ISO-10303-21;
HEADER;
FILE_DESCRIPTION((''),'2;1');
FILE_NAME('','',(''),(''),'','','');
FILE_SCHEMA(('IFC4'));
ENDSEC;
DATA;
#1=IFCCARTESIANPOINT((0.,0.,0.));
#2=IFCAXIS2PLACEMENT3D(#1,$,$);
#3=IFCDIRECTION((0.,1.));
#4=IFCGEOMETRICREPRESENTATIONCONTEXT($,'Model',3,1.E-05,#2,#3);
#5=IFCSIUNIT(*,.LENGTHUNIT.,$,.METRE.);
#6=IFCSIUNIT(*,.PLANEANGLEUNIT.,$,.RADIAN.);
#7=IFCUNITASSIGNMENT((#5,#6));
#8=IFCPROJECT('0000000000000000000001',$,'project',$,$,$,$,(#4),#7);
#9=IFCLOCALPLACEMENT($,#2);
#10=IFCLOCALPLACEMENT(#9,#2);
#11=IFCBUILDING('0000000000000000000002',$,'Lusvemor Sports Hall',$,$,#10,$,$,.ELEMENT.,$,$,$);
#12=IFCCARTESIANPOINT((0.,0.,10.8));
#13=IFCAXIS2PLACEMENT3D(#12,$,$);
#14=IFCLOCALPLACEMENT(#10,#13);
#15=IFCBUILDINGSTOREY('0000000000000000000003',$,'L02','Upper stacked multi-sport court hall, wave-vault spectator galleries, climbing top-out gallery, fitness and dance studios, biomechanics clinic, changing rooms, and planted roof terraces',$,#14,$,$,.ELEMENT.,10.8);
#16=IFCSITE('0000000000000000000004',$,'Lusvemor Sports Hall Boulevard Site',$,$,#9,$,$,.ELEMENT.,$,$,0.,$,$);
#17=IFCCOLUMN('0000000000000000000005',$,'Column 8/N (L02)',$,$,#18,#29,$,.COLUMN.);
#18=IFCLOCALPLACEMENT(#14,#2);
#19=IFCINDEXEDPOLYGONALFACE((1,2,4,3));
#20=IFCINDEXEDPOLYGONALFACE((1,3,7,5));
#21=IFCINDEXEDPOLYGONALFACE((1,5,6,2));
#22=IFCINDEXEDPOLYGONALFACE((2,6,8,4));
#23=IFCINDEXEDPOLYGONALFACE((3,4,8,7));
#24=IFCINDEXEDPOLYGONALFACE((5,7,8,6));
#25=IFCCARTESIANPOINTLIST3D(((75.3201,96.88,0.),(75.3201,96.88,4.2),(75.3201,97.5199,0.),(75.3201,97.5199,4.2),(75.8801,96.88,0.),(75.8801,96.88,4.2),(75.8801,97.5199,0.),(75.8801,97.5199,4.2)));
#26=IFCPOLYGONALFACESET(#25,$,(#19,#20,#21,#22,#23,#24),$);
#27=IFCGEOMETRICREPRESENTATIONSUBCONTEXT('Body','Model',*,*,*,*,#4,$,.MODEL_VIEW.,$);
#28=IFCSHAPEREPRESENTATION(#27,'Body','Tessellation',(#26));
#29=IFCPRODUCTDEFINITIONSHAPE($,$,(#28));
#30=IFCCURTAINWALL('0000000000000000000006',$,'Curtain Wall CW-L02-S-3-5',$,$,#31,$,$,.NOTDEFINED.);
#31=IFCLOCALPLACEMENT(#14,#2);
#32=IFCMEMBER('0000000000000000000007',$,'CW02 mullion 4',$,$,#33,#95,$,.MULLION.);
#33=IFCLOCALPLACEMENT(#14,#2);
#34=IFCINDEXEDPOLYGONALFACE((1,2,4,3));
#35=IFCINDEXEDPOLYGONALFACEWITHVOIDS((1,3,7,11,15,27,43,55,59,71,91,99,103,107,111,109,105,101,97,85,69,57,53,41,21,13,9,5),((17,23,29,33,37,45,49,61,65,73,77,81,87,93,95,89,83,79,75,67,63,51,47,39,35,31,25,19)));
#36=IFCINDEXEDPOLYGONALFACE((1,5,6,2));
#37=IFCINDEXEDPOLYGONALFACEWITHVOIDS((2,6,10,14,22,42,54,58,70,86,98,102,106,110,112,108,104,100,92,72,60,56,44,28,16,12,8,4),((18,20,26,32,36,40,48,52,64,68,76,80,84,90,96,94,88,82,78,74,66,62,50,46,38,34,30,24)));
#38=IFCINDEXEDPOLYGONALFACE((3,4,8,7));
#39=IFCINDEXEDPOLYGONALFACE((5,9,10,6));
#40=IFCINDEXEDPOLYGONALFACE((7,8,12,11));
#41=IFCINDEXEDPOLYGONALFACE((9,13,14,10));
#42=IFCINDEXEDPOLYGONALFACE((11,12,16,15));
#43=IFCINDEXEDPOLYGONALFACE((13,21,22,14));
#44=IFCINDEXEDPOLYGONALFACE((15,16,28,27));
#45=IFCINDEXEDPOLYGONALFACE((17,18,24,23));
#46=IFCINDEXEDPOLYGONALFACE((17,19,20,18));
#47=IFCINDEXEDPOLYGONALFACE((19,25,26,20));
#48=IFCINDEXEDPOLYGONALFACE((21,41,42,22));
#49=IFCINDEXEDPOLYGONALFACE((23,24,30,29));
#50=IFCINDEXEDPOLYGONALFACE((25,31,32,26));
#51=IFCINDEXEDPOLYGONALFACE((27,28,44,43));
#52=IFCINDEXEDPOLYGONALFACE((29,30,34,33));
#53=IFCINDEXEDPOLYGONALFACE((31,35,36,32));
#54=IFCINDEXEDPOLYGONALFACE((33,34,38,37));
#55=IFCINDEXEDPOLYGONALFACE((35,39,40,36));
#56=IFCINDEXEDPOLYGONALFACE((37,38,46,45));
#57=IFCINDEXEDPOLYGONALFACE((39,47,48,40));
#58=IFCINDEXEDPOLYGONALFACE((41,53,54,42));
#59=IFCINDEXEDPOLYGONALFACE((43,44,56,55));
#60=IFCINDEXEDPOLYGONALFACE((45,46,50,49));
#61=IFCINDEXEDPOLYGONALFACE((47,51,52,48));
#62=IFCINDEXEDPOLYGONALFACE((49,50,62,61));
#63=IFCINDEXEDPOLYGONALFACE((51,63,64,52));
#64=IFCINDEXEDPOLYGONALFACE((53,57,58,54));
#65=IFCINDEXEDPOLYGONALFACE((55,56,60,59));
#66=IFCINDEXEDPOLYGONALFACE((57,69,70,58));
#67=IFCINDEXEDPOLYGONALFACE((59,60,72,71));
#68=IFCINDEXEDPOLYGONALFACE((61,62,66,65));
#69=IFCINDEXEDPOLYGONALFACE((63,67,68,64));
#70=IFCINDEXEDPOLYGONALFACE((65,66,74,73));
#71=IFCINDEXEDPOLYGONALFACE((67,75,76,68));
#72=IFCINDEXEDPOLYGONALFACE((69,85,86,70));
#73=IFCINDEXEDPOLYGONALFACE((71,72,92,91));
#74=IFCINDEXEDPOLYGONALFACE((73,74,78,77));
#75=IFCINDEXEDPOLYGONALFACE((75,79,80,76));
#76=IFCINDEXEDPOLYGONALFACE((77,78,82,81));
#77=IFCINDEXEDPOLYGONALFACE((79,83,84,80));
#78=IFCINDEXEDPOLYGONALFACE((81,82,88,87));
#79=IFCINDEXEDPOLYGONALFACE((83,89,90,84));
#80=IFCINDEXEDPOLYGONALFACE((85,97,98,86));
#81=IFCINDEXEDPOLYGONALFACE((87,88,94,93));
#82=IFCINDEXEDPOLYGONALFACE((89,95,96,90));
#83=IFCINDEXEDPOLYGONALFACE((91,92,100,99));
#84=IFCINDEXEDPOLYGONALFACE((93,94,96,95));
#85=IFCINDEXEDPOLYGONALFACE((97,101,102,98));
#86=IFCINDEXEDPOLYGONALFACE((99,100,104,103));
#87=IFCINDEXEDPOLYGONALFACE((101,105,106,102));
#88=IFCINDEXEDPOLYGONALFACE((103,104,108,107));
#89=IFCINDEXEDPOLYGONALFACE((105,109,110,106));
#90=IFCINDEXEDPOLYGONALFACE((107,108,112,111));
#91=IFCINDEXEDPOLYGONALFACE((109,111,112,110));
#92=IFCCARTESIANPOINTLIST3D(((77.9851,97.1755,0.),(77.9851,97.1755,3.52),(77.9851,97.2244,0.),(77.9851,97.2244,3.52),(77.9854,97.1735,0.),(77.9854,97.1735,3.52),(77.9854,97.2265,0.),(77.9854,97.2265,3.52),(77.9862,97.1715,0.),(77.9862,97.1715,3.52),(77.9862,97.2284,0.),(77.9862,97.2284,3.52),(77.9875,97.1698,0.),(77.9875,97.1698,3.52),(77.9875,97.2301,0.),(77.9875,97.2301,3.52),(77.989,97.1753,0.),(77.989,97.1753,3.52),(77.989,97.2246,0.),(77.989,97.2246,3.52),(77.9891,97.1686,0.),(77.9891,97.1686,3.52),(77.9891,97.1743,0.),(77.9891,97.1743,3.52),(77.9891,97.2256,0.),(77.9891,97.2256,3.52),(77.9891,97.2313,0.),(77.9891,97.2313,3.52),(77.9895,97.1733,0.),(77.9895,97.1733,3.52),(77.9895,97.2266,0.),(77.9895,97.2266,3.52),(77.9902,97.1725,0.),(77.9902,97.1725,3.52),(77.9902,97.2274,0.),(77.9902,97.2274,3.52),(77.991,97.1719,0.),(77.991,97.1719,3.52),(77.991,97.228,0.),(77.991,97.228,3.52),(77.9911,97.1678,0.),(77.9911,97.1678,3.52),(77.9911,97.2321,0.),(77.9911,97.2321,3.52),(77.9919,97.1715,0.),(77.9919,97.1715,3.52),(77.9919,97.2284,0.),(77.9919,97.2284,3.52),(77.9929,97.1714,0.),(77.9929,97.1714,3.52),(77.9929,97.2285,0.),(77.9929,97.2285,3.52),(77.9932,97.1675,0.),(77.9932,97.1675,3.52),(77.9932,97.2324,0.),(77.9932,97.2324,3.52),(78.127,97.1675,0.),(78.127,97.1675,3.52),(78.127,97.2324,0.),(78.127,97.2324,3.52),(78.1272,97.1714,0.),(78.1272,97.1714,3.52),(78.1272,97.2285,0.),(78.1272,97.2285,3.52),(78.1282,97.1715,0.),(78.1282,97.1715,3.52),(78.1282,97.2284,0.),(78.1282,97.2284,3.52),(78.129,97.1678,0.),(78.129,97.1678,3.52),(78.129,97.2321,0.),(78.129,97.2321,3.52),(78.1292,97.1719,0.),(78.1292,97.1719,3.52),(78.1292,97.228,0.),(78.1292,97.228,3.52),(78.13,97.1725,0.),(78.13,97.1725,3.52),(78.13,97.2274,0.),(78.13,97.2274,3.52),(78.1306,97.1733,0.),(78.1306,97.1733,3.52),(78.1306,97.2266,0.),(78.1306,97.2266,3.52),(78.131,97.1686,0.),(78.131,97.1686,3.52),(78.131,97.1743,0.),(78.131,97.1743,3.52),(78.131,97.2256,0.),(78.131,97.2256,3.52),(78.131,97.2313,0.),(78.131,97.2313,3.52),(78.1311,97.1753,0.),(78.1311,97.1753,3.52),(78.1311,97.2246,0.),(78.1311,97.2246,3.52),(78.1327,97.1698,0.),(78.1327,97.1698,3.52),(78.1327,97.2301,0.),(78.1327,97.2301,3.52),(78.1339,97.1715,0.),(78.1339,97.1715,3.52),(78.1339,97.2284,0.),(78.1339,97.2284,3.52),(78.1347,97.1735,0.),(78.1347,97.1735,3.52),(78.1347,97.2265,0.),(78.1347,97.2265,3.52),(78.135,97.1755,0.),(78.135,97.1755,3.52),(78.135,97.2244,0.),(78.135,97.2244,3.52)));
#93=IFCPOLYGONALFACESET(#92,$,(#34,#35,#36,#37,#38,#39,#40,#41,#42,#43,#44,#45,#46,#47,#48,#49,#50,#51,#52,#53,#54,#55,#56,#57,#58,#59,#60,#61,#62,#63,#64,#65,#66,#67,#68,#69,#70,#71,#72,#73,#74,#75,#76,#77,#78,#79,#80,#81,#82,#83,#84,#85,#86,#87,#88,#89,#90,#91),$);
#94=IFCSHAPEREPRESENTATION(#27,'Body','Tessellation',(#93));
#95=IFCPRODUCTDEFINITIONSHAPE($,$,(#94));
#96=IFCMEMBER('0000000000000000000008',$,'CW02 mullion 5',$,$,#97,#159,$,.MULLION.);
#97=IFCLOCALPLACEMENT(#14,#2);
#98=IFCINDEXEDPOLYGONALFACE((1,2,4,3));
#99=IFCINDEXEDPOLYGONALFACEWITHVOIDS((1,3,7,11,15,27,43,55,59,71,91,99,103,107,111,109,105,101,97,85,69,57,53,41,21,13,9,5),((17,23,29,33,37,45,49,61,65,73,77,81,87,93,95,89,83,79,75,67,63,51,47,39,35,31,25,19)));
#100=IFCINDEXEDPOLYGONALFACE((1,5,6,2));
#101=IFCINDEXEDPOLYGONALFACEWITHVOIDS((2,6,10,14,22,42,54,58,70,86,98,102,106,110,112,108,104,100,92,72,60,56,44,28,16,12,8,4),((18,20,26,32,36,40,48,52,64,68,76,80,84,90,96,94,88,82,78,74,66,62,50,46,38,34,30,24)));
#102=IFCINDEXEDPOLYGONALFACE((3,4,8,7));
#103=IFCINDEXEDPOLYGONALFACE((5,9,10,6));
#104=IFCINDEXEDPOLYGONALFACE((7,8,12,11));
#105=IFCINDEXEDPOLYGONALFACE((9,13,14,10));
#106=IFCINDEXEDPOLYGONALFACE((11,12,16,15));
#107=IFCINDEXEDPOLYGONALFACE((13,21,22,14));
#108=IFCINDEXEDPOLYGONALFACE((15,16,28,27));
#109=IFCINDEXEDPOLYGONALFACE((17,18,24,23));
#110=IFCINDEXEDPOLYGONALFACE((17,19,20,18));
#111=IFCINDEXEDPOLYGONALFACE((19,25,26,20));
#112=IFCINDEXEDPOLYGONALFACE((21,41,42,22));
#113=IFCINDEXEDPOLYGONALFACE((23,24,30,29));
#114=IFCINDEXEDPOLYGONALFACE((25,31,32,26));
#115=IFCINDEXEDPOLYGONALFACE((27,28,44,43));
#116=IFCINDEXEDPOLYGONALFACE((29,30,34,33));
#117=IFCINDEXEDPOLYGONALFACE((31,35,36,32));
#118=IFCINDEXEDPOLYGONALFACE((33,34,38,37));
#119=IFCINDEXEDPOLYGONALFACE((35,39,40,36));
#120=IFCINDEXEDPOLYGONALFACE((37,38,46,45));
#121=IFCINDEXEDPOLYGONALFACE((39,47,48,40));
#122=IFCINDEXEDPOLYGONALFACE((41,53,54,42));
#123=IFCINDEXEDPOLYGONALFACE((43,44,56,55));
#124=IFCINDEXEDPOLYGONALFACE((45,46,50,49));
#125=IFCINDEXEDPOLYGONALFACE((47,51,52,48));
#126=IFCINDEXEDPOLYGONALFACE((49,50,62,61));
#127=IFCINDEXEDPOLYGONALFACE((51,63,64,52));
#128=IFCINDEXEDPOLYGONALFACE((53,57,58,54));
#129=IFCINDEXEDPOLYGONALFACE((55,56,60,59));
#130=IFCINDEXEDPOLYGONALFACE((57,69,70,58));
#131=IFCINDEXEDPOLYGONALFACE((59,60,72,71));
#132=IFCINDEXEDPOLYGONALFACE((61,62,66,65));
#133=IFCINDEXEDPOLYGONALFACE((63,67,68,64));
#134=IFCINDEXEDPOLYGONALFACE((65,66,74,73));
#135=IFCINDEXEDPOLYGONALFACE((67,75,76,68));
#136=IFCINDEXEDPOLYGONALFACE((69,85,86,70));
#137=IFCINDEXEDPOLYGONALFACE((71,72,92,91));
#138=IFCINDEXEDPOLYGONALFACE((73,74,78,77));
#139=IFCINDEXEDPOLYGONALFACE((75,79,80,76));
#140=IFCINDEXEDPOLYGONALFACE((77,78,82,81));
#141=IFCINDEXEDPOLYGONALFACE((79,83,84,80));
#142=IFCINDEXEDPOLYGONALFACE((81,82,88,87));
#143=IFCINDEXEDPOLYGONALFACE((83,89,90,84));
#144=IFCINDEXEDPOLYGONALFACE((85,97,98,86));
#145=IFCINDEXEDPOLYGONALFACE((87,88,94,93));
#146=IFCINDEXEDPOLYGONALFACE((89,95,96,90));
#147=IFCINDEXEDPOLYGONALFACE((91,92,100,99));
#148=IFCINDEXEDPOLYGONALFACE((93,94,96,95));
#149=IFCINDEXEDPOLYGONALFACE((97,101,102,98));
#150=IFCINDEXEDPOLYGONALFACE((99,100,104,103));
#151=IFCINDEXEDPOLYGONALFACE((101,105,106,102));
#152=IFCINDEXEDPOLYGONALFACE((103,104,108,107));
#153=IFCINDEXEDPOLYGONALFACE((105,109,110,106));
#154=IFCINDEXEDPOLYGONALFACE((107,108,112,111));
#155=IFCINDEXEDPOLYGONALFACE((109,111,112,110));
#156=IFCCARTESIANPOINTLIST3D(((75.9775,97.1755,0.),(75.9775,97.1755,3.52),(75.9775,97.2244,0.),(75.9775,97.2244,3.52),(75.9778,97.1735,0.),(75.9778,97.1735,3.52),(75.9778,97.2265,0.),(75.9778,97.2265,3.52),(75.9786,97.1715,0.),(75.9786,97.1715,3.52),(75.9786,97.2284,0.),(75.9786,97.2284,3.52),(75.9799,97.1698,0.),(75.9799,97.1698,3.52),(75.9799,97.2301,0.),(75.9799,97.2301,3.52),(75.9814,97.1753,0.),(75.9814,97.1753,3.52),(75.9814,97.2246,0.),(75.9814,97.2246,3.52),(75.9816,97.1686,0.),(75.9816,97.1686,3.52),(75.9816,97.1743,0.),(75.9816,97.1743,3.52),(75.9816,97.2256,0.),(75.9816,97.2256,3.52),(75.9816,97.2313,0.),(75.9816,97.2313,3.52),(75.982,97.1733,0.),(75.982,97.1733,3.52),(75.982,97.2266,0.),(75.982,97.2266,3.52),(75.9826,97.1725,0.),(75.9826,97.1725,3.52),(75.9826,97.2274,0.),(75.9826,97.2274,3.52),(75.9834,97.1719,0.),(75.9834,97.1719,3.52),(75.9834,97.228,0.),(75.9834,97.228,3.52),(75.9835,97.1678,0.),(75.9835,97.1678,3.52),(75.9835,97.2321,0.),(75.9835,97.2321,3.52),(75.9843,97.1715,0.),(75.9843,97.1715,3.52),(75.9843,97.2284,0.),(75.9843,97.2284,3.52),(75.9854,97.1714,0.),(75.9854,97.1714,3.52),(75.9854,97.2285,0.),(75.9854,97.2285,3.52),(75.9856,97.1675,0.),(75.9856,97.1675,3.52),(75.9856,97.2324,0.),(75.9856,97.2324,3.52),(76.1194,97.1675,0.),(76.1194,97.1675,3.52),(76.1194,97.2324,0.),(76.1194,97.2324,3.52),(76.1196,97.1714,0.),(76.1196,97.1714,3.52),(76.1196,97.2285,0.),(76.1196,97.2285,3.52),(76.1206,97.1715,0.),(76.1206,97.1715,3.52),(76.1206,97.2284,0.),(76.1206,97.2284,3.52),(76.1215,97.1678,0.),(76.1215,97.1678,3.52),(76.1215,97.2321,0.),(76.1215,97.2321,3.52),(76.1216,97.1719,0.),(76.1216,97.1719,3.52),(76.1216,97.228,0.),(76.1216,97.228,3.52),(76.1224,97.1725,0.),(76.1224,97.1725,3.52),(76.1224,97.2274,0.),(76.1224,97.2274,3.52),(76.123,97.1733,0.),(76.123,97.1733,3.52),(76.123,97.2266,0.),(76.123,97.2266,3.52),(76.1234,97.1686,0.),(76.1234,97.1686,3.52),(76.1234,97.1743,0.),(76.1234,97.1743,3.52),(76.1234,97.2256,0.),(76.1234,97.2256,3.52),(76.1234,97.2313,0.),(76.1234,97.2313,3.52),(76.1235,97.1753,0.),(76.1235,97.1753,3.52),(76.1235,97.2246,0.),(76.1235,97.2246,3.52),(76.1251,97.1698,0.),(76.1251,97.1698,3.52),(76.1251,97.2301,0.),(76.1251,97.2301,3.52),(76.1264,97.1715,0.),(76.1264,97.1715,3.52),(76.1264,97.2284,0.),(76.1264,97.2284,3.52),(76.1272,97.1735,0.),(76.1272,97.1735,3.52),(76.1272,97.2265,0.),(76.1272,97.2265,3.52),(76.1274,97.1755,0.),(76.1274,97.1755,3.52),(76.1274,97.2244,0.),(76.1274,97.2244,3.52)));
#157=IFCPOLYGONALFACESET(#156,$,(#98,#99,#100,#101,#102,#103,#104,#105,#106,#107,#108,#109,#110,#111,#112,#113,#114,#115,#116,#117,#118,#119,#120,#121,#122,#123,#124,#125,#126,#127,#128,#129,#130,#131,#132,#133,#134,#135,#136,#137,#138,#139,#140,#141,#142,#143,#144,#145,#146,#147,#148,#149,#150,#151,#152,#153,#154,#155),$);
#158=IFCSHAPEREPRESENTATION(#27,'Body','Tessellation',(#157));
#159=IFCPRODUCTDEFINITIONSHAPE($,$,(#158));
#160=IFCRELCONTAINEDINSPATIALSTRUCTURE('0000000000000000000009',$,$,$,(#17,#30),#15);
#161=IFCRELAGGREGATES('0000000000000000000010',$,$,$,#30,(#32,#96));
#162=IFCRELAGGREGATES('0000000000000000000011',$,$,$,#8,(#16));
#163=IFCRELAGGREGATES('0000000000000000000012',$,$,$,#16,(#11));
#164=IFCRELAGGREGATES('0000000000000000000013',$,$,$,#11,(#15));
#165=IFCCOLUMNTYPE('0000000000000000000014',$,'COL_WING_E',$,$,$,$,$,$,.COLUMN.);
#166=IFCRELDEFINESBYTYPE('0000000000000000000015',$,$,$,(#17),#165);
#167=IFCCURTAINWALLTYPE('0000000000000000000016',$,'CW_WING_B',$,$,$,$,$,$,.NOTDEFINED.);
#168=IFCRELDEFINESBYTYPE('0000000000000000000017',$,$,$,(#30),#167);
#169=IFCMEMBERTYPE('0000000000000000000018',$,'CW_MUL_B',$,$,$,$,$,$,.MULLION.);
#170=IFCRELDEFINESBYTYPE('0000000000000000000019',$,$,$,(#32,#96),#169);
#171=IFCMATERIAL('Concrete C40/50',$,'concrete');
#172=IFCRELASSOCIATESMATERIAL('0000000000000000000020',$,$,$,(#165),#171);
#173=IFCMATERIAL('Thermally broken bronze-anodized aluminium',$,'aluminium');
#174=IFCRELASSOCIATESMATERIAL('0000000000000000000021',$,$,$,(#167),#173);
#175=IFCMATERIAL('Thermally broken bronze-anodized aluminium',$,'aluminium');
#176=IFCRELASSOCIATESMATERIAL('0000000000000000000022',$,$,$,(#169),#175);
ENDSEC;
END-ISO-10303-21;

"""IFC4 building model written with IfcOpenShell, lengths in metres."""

from ifc_helpers import new_model, si_unit, direction, frame, origin, origin_2d, place, context, subcontext, project, spatial, rectangle, hollow_rectangle, extrude, material, material_profile, profile_set, type_object, element, aggregate, save


model = new_model("IFC4")

# Units and contexts
model_context = context("Model", 3, precision=1e-05, world=origin(), true_north=direction((0.0, 1.0)))
body_context = subcontext(model_context, "Body", "Model", "MODEL_VIEW")
ifc_project = project(units=[si_unit("LENGTHUNIT", "METRE"), si_unit("PLANEANGLEUNIT", "RADIAN")], contexts=[model_context])

# Site, building, storey
site_placement = place(None, origin())
site = spatial("IfcSite", under=ifc_project, at=site_placement, Name="Lusvemor Sports Hall Boulevard Site", CompositionType="ELEMENT", RefElevation=0.0)
building_placement = place(site_placement, origin())
building = spatial("IfcBuilding", under=site, at=building_placement, Name="Lusvemor Sports Hall", CompositionType="ELEMENT")
storey_placement = place(building_placement, frame((0.0, 0.0, 10.8)))
storey = spatial("IfcBuildingStorey", under=building, at=storey_placement, Name="L02", Description="Upper stacked multi-sport court hall, wave-vault spectator galleries, climbing top-out gallery, fitness and dance studios, biomechanics clinic, changing rooms, and planted roof terraces", CompositionType="ELEMENT", Elevation=10.8)

# Column
ifc_material_1 = material(Name="Concrete C40/50", Category="concrete")
ifc_material_profile_1 = material_profile(ifc_material_1, rectangle(XDim=0.5601, YDim=0.6399, at=origin_2d()), Name="RC560x640")
ifc_profile_set_1 = profile_set([ifc_material_profile_1], Name="Concrete C40/50")
column_type = type_object("IfcColumnType", Name="COL_WING_E", PredefinedType="COLUMN", material=ifc_profile_set_1)
column_placement = place(storey_placement, frame((75.6001, 97.2, 0.0), z_axis=(0.0, 0.0, 1.0), x_axis=(1.0, 0.0, 0.0)))
element("IfcColumn", 1, at=column_placement, inside=storey, type_object=column_type, Name="Column 8/N (L02)", PredefinedType="COLUMN", context=body_context, shape_type="SweptSolid", body=[
    extrude(rectangle(XDim=0.5601, YDim=0.6399, at=origin_2d()), origin(), (0.0, 0.0, 1.0), 4.2),
])

# Curtain wall, members
ifc_material_2 = material(Name="Thermally broken bronze-anodized aluminium", Category="aluminium")
curtain_wall_type = type_object("IfcCurtainWallType", Name="CW_WING_B", PredefinedType="NOTDEFINED", material=ifc_material_2)
curtain_wall_placement = place(storey_placement, origin())
curtain_wall = element("IfcCurtainWall", 2, at=curtain_wall_placement, inside=storey, type_object=curtain_wall_type, Name="Curtain Wall CW-L02-S-3-5", PredefinedType="NOTDEFINED")
ifc_material_3 = material(Name="Thermally broken bronze-anodized aluminium", Category="aluminium")
ifc_material_profile_2 = material_profile(ifc_material_3, hollow_rectangle(XDim=0.0649, YDim=0.1499, WallThickness=0.0039, InnerFilletRadius=0.0039, OuterFilletRadius=0.0081, at=origin_2d()), Name="CWMUL150x65x4")
ifc_profile_set_2 = profile_set([ifc_material_profile_2], Name="Thermally broken bronze-anodized aluminium")
member_type_1 = type_object("IfcMemberType", Name="CW_MUL_B", PredefinedType="MULLION", material=ifc_profile_set_2)
member_1_placement = place(storey_placement, frame((78.0601, 97.2, 0.0), z_axis=(0.0, 0.0, 1.0), x_axis=(0.0, -1.0, 0.0)))
member_1 = element("IfcMember", 3, at=member_1_placement, type_object=member_type_1, Name="CW02 mullion 4", PredefinedType="MULLION", context=body_context, shape_type="SweptSolid", body=[
    extrude(hollow_rectangle(XDim=0.0649, YDim=0.1499, WallThickness=0.0039, InnerFilletRadius=0.0039, OuterFilletRadius=0.0081, at=origin_2d()), origin(), (0.0, 0.0, 1.0), 3.52),
])
member_2_placement = place(storey_placement, frame((76.0525, 97.2, 0.0), z_axis=(0.0, 0.0, 1.0), x_axis=(0.0, -1.0, 0.0)))
member_2 = element("IfcMember", 4, at=member_2_placement, type_object=member_type_1, Name="CW02 mullion 5", PredefinedType="MULLION", context=body_context, shape_type="SweptSolid", body=[
    extrude(hollow_rectangle(XDim=0.0649, YDim=0.1499, WallThickness=0.0039, InnerFilletRadius=0.0039, OuterFilletRadius=0.0081, at=origin_2d()), origin(), (0.0, 0.0, 1.0), 3.52),
])

aggregate(curtain_wall, [member_1, member_2])

save(model, "model.ifc")
